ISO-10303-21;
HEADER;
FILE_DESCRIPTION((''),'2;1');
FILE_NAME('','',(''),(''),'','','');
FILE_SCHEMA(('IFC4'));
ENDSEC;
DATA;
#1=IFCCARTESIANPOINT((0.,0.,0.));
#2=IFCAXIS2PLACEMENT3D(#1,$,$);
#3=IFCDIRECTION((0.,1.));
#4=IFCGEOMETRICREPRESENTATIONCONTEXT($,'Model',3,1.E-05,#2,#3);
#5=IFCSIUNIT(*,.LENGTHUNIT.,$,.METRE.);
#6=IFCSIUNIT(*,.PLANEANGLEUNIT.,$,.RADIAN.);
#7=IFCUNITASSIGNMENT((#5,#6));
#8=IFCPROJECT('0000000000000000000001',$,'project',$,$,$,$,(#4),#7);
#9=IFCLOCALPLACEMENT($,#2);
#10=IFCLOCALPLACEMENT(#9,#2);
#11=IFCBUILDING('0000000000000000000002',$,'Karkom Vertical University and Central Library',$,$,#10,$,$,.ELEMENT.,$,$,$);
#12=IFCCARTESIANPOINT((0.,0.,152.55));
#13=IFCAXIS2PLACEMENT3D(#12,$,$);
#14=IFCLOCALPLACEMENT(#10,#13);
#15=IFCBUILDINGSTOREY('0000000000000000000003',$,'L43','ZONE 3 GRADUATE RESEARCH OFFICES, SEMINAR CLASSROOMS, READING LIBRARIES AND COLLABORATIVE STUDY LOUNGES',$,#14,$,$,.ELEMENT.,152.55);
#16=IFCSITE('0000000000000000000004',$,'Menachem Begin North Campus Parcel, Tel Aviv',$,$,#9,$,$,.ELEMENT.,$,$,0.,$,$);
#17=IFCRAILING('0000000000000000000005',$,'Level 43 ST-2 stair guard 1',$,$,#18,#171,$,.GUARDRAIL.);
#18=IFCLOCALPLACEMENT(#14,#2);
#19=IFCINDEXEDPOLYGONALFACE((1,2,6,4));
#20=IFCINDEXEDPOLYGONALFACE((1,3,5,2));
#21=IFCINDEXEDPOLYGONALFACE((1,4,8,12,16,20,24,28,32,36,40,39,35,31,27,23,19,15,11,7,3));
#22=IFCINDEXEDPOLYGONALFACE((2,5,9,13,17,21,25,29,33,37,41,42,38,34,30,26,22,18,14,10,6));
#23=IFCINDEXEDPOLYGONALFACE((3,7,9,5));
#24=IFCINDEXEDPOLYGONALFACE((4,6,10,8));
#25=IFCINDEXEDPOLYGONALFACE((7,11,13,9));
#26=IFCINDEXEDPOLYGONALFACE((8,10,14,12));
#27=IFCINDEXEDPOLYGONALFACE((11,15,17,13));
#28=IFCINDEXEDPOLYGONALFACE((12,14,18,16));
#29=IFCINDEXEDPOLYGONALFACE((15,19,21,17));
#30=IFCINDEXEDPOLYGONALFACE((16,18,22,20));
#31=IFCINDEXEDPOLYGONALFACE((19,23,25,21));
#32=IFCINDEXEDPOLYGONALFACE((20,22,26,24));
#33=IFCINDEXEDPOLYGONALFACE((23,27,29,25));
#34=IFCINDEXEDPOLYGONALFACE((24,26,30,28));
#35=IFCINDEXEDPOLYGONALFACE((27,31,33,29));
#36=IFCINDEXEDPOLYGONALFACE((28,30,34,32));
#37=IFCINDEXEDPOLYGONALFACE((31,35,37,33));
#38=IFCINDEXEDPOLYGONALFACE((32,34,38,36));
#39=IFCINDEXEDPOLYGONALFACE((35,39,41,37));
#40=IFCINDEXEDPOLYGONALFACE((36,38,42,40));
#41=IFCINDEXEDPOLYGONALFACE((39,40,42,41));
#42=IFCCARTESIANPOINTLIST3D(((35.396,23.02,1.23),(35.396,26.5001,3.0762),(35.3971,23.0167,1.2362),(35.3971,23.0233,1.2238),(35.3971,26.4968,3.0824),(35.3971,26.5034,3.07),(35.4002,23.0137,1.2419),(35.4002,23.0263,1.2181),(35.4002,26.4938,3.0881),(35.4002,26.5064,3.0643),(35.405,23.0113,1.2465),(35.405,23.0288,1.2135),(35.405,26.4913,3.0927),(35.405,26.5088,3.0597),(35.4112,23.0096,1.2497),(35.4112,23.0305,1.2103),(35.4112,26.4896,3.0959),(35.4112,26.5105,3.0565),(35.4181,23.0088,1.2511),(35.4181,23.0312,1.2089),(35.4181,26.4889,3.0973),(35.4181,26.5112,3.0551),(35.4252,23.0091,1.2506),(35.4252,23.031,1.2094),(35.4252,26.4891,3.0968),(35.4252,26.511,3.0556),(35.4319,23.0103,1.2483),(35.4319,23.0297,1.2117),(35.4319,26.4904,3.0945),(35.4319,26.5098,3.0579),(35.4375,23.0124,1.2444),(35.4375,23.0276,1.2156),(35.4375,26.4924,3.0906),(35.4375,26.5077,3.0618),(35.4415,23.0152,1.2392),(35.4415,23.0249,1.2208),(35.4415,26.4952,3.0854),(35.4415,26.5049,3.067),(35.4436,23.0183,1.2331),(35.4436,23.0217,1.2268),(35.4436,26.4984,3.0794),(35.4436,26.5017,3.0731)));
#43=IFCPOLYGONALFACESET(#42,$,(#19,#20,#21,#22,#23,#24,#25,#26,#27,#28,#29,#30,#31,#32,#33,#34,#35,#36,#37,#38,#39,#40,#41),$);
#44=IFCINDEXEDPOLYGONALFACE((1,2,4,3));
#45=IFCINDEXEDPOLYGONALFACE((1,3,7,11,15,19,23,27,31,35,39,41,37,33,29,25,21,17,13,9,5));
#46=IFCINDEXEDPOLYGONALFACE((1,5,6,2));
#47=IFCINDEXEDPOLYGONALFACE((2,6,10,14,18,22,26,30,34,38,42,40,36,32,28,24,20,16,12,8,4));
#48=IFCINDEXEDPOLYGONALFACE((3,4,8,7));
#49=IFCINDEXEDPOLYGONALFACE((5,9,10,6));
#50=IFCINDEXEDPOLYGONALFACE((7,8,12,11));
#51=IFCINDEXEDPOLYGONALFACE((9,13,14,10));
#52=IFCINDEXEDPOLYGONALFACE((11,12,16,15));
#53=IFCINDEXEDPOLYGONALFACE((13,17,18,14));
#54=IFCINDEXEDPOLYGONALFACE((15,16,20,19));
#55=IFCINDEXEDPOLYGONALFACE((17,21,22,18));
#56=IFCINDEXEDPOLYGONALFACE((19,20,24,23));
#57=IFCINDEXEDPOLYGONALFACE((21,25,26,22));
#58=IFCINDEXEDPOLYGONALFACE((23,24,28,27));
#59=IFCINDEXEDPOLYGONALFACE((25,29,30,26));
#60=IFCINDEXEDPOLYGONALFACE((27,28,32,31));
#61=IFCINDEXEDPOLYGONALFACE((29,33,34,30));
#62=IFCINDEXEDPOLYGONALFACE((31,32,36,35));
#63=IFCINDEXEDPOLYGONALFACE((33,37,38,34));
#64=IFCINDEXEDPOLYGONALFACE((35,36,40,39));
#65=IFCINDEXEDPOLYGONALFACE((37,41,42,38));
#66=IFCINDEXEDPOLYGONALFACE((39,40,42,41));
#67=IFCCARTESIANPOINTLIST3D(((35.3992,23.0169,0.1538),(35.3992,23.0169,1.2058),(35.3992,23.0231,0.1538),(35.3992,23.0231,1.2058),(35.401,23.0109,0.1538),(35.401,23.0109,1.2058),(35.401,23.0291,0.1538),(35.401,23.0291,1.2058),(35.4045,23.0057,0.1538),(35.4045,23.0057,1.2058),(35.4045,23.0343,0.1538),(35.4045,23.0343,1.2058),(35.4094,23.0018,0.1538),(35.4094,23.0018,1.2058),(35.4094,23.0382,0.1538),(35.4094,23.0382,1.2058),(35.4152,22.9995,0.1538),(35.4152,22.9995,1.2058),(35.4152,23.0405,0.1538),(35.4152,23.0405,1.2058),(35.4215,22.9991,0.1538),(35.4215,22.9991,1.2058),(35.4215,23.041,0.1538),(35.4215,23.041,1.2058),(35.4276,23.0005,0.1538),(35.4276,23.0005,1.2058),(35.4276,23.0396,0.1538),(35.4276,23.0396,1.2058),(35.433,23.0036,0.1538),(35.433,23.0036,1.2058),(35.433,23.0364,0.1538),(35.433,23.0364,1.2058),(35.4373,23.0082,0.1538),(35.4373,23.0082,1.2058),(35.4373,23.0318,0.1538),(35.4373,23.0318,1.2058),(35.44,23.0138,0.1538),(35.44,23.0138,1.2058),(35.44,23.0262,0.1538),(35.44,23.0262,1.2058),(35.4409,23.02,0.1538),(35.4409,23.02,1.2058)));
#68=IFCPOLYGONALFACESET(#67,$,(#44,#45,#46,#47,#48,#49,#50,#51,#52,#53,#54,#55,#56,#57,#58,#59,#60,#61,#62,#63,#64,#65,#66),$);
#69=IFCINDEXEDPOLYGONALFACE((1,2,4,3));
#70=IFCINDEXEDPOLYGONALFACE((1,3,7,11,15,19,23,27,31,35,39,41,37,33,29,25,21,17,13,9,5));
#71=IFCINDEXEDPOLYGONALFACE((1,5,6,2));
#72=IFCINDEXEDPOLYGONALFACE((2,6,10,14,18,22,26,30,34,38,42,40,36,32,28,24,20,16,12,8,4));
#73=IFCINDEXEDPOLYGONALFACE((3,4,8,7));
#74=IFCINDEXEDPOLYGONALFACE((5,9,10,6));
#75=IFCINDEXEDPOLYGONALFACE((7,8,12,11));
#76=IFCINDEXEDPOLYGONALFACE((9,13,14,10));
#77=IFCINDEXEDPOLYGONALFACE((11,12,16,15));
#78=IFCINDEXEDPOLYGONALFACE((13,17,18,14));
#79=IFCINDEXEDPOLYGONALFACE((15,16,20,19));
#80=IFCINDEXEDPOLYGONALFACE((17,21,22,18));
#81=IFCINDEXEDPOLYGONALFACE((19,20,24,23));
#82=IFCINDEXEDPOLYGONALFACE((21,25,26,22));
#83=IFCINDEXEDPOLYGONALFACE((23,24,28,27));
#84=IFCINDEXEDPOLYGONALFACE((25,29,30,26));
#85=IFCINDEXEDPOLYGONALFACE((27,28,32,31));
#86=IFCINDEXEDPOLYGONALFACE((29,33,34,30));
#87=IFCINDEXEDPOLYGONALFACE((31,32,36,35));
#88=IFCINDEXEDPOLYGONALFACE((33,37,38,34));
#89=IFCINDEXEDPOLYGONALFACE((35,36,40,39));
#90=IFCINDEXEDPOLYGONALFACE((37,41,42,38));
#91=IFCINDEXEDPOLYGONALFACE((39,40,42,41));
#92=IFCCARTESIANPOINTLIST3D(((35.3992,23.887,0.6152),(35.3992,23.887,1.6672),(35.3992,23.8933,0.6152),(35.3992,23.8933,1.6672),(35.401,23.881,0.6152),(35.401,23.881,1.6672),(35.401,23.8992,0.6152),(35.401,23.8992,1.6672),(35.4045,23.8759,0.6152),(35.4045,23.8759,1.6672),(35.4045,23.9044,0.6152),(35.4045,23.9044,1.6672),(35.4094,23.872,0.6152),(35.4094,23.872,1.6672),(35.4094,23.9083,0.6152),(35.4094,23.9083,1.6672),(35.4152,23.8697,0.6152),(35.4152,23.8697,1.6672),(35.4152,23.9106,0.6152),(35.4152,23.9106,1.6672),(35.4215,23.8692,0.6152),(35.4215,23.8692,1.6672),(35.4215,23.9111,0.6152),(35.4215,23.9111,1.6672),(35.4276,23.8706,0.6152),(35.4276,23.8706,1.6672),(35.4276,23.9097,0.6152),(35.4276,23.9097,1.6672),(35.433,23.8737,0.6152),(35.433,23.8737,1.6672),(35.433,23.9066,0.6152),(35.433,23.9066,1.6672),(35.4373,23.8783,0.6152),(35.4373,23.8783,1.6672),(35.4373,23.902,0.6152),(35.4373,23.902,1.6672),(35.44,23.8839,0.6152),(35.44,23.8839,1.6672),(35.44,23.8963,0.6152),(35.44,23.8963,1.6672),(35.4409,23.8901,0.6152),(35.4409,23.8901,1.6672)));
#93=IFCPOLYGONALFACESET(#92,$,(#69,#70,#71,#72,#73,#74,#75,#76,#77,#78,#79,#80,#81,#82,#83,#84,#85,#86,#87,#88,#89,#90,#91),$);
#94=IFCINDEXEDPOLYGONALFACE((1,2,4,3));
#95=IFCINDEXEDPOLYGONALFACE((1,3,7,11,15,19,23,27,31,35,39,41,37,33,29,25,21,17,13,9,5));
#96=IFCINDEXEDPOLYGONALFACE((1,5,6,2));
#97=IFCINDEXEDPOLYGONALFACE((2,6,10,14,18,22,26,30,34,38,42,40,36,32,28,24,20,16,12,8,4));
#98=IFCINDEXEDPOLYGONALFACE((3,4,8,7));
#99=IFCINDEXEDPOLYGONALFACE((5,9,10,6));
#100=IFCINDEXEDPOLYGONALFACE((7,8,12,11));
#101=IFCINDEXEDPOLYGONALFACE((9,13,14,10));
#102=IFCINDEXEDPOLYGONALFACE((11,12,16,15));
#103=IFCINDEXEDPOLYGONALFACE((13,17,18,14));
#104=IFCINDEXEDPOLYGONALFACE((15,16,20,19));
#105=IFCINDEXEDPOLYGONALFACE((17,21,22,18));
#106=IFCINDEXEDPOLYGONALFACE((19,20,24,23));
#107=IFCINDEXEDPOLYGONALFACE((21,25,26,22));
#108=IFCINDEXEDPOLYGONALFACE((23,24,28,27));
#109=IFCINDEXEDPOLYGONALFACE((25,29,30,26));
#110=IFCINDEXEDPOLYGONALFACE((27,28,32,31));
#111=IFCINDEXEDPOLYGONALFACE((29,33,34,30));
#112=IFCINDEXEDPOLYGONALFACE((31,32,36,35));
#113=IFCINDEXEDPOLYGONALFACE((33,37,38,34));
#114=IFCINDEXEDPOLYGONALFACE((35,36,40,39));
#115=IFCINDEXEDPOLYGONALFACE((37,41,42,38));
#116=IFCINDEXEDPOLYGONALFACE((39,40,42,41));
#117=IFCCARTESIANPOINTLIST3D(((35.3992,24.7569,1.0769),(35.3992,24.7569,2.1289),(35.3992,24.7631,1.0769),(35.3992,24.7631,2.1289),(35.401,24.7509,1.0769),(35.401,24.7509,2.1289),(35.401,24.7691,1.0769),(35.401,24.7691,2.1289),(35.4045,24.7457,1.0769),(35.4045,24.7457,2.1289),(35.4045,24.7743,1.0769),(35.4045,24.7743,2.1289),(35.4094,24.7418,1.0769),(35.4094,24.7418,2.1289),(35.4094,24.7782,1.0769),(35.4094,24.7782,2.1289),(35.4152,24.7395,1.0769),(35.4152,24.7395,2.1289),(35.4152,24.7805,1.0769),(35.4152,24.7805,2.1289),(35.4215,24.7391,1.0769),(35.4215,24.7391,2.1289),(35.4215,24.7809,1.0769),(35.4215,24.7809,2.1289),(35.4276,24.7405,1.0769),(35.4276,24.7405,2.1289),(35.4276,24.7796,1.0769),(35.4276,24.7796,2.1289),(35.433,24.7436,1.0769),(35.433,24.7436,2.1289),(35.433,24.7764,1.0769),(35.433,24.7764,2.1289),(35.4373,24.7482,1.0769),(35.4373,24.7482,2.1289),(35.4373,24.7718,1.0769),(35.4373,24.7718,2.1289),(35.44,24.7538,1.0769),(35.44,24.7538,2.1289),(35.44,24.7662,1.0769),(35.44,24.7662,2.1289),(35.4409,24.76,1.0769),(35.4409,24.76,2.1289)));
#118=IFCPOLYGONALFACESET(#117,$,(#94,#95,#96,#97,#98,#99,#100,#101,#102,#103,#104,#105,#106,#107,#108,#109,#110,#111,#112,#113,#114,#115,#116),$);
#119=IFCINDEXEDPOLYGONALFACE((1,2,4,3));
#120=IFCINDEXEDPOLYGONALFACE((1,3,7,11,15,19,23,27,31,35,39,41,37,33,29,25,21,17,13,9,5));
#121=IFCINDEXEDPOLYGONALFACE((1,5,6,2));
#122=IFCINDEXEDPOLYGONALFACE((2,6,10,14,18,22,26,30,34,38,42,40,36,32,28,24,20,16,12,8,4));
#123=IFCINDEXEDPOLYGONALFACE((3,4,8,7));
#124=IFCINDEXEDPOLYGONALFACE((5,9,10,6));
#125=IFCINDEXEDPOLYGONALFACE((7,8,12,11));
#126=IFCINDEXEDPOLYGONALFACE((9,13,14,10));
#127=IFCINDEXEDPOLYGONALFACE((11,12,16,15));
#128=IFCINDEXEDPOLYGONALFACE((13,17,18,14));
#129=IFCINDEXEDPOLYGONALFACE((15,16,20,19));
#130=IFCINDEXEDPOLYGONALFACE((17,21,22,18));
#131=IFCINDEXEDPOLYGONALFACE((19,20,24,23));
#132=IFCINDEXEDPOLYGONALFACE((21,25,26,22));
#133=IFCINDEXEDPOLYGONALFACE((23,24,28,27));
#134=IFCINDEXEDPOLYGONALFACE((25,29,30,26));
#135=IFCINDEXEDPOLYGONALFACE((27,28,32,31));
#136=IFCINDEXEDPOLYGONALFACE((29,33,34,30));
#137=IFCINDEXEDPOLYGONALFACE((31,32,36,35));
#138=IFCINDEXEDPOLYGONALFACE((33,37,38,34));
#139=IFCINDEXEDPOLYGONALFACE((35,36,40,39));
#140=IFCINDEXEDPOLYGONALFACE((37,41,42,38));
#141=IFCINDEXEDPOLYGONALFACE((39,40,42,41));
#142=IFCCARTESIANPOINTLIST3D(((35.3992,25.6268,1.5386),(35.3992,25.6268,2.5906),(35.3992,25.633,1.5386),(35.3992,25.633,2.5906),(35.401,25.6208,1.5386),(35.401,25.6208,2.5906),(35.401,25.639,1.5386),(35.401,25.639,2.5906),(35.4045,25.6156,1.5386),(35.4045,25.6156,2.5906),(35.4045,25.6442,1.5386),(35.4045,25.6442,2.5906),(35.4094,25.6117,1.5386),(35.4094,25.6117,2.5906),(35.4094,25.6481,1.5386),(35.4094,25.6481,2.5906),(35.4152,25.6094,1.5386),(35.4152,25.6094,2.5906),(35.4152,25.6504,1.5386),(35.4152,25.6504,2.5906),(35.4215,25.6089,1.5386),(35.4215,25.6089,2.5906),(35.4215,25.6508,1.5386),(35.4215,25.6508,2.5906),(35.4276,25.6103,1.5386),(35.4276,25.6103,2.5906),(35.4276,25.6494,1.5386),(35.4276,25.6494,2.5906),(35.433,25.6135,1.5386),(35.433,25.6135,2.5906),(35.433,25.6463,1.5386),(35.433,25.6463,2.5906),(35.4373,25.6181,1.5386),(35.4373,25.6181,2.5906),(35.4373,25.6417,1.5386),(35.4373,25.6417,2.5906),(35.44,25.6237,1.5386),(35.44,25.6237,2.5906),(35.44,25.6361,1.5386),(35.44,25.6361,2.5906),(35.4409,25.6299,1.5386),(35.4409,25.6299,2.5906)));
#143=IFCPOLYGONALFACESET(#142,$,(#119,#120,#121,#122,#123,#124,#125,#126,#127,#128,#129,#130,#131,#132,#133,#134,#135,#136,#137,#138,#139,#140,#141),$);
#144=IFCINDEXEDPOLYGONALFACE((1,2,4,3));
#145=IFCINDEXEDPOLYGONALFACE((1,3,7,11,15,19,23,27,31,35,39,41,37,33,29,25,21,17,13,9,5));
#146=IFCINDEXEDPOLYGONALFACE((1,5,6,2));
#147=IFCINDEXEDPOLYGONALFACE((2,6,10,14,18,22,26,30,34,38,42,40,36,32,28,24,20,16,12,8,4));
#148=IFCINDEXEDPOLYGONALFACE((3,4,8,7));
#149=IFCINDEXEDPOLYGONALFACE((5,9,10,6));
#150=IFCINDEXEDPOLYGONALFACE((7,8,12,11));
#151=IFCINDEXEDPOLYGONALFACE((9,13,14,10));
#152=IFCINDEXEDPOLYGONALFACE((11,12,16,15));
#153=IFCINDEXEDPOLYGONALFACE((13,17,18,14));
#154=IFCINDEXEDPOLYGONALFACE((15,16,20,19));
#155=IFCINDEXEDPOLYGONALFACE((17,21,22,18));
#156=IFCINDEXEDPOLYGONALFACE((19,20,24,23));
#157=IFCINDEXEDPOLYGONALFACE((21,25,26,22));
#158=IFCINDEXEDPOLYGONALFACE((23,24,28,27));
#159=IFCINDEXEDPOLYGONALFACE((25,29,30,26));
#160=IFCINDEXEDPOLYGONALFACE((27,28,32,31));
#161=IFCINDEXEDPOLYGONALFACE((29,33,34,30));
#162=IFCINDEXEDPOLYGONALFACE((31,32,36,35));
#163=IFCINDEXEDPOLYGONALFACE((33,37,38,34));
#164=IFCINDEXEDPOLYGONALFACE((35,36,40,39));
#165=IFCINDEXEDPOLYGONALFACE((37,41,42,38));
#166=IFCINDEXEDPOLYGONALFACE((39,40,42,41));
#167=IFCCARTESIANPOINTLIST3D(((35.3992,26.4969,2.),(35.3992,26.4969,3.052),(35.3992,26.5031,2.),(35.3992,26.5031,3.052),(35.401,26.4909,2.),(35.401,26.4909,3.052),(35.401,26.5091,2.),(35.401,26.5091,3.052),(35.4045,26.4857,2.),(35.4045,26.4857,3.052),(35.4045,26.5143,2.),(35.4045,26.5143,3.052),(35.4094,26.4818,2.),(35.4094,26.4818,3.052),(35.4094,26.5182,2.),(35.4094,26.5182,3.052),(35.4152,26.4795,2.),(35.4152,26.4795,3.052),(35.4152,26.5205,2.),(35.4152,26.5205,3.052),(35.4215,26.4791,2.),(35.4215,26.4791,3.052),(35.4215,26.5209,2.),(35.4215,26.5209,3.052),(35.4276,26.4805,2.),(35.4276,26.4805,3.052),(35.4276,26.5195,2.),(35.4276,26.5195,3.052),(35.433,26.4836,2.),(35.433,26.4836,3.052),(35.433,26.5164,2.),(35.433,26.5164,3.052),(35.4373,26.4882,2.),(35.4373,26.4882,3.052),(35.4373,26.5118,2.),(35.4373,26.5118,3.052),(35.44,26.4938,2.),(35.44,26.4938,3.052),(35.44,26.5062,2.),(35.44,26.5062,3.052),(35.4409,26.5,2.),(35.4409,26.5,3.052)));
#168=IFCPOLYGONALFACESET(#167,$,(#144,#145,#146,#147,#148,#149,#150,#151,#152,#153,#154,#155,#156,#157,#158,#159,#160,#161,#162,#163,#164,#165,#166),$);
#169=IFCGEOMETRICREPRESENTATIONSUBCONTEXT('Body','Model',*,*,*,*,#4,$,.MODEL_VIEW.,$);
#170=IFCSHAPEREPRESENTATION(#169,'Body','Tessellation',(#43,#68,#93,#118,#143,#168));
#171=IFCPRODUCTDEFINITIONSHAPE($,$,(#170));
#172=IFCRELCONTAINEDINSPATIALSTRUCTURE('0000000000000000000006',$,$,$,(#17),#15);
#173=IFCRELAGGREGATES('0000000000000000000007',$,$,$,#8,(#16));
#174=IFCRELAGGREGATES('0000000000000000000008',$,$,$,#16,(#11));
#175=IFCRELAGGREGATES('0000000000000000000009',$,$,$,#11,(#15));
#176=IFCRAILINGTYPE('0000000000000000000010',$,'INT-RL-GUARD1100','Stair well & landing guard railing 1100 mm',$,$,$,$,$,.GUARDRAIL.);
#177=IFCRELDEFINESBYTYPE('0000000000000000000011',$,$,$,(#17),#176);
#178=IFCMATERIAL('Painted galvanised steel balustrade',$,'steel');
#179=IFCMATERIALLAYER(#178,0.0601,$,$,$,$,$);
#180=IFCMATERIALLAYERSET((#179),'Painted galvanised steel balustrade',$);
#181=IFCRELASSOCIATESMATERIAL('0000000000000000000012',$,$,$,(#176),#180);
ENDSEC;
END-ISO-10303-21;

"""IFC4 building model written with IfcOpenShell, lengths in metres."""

from ifc_helpers import new_model, si_unit, direction, frame, origin, origin_2d, place, context, subcontext, project, spatial, circle, extrude, material, layer, layer_set, type_object, element, save


model = new_model("IFC4")

# Units and contexts
model_context = context("Model", 3, precision=1e-05, world=origin(), true_north=direction((0.0, 1.0)))
body_context = subcontext(model_context, "Body", "Model", "MODEL_VIEW")
ifc_project = project(units=[si_unit("LENGTHUNIT", "METRE"), si_unit("PLANEANGLEUNIT", "RADIAN")], contexts=[model_context])

# Site, building, storey
site_placement = place(None, origin())
site = spatial("IfcSite", under=ifc_project, at=site_placement, Name="Menachem Begin North Campus Parcel, Tel Aviv", CompositionType="ELEMENT", RefElevation=0.0)
building_placement = place(site_placement, origin())
building = spatial("IfcBuilding", under=site, at=building_placement, Name="Karkom Vertical University and Central Library", CompositionType="ELEMENT")
storey_placement = place(building_placement, frame((0.0, 0.0, 152.55)))
storey = spatial("IfcBuildingStorey", under=building, at=storey_placement, Name="L43", Description="ZONE 3 GRADUATE RESEARCH OFFICES, SEMINAR CLASSROOMS, READING LIBRARIES AND COLLABORATIVE STUDY LOUNGES", CompositionType="ELEMENT", Elevation=152.55)

# Railing
ifc_material_1 = material(Name="Painted galvanised steel balustrade", Category="steel")
ifc_layer_1 = layer(ifc_material_1, 0.0601)
ifc_layer_set_1 = layer_set([ifc_layer_1], Name="Painted galvanised steel balustrade")
railing_type_1 = type_object("IfcRailingType", Name="INT-RL-GUARD1100", Description="Stair well & landing guard railing 1100 mm", PredefinedType="GUARDRAIL", material=ifc_layer_set_1)
railing_1_placement = place(storey_placement, frame((35.4199, 23.02, 0.1538)))
element("IfcRailing", 1, at=railing_1_placement, inside=storey, type_object=railing_type_1, Name="Level 43 ST-2 stair guard 1", PredefinedType="GUARDRAIL", context=body_context, shape_type="SweptSolid", body=[
    extrude(circle(Radius=0.0239, at=origin_2d()), frame((0.0, 0.0, 1.0762), z_axis=(0.0, 0.883384, 0.468651), x_axis=(-1.0, 0.0, 0.0)), (0.0, 0.0, 1.0), 3.9395),
    extrude(circle(Radius=0.021, at=origin_2d()), origin(), (0.0, 0.0, 1.0), 1.052),
    extrude(circle(Radius=0.021, at=origin_2d()), frame((0.0, 0.8701, 0.4614)), (0.0, 0.0, 1.0), 1.052),
    extrude(circle(Radius=0.021, at=origin_2d()), frame((0.0, 1.74, 0.9231)), (0.0, 0.0, 1.0), 1.052),
    extrude(circle(Radius=0.021, at=origin_2d()), frame((0.0, 2.6099, 1.3848)), (0.0, 0.0, 1.0), 1.052),
    extrude(circle(Radius=0.021, at=origin_2d()), frame((0.0, 3.48, 1.8462)), (0.0, 0.0, 1.0), 1.052),
])

save(model, "model.ifc")
